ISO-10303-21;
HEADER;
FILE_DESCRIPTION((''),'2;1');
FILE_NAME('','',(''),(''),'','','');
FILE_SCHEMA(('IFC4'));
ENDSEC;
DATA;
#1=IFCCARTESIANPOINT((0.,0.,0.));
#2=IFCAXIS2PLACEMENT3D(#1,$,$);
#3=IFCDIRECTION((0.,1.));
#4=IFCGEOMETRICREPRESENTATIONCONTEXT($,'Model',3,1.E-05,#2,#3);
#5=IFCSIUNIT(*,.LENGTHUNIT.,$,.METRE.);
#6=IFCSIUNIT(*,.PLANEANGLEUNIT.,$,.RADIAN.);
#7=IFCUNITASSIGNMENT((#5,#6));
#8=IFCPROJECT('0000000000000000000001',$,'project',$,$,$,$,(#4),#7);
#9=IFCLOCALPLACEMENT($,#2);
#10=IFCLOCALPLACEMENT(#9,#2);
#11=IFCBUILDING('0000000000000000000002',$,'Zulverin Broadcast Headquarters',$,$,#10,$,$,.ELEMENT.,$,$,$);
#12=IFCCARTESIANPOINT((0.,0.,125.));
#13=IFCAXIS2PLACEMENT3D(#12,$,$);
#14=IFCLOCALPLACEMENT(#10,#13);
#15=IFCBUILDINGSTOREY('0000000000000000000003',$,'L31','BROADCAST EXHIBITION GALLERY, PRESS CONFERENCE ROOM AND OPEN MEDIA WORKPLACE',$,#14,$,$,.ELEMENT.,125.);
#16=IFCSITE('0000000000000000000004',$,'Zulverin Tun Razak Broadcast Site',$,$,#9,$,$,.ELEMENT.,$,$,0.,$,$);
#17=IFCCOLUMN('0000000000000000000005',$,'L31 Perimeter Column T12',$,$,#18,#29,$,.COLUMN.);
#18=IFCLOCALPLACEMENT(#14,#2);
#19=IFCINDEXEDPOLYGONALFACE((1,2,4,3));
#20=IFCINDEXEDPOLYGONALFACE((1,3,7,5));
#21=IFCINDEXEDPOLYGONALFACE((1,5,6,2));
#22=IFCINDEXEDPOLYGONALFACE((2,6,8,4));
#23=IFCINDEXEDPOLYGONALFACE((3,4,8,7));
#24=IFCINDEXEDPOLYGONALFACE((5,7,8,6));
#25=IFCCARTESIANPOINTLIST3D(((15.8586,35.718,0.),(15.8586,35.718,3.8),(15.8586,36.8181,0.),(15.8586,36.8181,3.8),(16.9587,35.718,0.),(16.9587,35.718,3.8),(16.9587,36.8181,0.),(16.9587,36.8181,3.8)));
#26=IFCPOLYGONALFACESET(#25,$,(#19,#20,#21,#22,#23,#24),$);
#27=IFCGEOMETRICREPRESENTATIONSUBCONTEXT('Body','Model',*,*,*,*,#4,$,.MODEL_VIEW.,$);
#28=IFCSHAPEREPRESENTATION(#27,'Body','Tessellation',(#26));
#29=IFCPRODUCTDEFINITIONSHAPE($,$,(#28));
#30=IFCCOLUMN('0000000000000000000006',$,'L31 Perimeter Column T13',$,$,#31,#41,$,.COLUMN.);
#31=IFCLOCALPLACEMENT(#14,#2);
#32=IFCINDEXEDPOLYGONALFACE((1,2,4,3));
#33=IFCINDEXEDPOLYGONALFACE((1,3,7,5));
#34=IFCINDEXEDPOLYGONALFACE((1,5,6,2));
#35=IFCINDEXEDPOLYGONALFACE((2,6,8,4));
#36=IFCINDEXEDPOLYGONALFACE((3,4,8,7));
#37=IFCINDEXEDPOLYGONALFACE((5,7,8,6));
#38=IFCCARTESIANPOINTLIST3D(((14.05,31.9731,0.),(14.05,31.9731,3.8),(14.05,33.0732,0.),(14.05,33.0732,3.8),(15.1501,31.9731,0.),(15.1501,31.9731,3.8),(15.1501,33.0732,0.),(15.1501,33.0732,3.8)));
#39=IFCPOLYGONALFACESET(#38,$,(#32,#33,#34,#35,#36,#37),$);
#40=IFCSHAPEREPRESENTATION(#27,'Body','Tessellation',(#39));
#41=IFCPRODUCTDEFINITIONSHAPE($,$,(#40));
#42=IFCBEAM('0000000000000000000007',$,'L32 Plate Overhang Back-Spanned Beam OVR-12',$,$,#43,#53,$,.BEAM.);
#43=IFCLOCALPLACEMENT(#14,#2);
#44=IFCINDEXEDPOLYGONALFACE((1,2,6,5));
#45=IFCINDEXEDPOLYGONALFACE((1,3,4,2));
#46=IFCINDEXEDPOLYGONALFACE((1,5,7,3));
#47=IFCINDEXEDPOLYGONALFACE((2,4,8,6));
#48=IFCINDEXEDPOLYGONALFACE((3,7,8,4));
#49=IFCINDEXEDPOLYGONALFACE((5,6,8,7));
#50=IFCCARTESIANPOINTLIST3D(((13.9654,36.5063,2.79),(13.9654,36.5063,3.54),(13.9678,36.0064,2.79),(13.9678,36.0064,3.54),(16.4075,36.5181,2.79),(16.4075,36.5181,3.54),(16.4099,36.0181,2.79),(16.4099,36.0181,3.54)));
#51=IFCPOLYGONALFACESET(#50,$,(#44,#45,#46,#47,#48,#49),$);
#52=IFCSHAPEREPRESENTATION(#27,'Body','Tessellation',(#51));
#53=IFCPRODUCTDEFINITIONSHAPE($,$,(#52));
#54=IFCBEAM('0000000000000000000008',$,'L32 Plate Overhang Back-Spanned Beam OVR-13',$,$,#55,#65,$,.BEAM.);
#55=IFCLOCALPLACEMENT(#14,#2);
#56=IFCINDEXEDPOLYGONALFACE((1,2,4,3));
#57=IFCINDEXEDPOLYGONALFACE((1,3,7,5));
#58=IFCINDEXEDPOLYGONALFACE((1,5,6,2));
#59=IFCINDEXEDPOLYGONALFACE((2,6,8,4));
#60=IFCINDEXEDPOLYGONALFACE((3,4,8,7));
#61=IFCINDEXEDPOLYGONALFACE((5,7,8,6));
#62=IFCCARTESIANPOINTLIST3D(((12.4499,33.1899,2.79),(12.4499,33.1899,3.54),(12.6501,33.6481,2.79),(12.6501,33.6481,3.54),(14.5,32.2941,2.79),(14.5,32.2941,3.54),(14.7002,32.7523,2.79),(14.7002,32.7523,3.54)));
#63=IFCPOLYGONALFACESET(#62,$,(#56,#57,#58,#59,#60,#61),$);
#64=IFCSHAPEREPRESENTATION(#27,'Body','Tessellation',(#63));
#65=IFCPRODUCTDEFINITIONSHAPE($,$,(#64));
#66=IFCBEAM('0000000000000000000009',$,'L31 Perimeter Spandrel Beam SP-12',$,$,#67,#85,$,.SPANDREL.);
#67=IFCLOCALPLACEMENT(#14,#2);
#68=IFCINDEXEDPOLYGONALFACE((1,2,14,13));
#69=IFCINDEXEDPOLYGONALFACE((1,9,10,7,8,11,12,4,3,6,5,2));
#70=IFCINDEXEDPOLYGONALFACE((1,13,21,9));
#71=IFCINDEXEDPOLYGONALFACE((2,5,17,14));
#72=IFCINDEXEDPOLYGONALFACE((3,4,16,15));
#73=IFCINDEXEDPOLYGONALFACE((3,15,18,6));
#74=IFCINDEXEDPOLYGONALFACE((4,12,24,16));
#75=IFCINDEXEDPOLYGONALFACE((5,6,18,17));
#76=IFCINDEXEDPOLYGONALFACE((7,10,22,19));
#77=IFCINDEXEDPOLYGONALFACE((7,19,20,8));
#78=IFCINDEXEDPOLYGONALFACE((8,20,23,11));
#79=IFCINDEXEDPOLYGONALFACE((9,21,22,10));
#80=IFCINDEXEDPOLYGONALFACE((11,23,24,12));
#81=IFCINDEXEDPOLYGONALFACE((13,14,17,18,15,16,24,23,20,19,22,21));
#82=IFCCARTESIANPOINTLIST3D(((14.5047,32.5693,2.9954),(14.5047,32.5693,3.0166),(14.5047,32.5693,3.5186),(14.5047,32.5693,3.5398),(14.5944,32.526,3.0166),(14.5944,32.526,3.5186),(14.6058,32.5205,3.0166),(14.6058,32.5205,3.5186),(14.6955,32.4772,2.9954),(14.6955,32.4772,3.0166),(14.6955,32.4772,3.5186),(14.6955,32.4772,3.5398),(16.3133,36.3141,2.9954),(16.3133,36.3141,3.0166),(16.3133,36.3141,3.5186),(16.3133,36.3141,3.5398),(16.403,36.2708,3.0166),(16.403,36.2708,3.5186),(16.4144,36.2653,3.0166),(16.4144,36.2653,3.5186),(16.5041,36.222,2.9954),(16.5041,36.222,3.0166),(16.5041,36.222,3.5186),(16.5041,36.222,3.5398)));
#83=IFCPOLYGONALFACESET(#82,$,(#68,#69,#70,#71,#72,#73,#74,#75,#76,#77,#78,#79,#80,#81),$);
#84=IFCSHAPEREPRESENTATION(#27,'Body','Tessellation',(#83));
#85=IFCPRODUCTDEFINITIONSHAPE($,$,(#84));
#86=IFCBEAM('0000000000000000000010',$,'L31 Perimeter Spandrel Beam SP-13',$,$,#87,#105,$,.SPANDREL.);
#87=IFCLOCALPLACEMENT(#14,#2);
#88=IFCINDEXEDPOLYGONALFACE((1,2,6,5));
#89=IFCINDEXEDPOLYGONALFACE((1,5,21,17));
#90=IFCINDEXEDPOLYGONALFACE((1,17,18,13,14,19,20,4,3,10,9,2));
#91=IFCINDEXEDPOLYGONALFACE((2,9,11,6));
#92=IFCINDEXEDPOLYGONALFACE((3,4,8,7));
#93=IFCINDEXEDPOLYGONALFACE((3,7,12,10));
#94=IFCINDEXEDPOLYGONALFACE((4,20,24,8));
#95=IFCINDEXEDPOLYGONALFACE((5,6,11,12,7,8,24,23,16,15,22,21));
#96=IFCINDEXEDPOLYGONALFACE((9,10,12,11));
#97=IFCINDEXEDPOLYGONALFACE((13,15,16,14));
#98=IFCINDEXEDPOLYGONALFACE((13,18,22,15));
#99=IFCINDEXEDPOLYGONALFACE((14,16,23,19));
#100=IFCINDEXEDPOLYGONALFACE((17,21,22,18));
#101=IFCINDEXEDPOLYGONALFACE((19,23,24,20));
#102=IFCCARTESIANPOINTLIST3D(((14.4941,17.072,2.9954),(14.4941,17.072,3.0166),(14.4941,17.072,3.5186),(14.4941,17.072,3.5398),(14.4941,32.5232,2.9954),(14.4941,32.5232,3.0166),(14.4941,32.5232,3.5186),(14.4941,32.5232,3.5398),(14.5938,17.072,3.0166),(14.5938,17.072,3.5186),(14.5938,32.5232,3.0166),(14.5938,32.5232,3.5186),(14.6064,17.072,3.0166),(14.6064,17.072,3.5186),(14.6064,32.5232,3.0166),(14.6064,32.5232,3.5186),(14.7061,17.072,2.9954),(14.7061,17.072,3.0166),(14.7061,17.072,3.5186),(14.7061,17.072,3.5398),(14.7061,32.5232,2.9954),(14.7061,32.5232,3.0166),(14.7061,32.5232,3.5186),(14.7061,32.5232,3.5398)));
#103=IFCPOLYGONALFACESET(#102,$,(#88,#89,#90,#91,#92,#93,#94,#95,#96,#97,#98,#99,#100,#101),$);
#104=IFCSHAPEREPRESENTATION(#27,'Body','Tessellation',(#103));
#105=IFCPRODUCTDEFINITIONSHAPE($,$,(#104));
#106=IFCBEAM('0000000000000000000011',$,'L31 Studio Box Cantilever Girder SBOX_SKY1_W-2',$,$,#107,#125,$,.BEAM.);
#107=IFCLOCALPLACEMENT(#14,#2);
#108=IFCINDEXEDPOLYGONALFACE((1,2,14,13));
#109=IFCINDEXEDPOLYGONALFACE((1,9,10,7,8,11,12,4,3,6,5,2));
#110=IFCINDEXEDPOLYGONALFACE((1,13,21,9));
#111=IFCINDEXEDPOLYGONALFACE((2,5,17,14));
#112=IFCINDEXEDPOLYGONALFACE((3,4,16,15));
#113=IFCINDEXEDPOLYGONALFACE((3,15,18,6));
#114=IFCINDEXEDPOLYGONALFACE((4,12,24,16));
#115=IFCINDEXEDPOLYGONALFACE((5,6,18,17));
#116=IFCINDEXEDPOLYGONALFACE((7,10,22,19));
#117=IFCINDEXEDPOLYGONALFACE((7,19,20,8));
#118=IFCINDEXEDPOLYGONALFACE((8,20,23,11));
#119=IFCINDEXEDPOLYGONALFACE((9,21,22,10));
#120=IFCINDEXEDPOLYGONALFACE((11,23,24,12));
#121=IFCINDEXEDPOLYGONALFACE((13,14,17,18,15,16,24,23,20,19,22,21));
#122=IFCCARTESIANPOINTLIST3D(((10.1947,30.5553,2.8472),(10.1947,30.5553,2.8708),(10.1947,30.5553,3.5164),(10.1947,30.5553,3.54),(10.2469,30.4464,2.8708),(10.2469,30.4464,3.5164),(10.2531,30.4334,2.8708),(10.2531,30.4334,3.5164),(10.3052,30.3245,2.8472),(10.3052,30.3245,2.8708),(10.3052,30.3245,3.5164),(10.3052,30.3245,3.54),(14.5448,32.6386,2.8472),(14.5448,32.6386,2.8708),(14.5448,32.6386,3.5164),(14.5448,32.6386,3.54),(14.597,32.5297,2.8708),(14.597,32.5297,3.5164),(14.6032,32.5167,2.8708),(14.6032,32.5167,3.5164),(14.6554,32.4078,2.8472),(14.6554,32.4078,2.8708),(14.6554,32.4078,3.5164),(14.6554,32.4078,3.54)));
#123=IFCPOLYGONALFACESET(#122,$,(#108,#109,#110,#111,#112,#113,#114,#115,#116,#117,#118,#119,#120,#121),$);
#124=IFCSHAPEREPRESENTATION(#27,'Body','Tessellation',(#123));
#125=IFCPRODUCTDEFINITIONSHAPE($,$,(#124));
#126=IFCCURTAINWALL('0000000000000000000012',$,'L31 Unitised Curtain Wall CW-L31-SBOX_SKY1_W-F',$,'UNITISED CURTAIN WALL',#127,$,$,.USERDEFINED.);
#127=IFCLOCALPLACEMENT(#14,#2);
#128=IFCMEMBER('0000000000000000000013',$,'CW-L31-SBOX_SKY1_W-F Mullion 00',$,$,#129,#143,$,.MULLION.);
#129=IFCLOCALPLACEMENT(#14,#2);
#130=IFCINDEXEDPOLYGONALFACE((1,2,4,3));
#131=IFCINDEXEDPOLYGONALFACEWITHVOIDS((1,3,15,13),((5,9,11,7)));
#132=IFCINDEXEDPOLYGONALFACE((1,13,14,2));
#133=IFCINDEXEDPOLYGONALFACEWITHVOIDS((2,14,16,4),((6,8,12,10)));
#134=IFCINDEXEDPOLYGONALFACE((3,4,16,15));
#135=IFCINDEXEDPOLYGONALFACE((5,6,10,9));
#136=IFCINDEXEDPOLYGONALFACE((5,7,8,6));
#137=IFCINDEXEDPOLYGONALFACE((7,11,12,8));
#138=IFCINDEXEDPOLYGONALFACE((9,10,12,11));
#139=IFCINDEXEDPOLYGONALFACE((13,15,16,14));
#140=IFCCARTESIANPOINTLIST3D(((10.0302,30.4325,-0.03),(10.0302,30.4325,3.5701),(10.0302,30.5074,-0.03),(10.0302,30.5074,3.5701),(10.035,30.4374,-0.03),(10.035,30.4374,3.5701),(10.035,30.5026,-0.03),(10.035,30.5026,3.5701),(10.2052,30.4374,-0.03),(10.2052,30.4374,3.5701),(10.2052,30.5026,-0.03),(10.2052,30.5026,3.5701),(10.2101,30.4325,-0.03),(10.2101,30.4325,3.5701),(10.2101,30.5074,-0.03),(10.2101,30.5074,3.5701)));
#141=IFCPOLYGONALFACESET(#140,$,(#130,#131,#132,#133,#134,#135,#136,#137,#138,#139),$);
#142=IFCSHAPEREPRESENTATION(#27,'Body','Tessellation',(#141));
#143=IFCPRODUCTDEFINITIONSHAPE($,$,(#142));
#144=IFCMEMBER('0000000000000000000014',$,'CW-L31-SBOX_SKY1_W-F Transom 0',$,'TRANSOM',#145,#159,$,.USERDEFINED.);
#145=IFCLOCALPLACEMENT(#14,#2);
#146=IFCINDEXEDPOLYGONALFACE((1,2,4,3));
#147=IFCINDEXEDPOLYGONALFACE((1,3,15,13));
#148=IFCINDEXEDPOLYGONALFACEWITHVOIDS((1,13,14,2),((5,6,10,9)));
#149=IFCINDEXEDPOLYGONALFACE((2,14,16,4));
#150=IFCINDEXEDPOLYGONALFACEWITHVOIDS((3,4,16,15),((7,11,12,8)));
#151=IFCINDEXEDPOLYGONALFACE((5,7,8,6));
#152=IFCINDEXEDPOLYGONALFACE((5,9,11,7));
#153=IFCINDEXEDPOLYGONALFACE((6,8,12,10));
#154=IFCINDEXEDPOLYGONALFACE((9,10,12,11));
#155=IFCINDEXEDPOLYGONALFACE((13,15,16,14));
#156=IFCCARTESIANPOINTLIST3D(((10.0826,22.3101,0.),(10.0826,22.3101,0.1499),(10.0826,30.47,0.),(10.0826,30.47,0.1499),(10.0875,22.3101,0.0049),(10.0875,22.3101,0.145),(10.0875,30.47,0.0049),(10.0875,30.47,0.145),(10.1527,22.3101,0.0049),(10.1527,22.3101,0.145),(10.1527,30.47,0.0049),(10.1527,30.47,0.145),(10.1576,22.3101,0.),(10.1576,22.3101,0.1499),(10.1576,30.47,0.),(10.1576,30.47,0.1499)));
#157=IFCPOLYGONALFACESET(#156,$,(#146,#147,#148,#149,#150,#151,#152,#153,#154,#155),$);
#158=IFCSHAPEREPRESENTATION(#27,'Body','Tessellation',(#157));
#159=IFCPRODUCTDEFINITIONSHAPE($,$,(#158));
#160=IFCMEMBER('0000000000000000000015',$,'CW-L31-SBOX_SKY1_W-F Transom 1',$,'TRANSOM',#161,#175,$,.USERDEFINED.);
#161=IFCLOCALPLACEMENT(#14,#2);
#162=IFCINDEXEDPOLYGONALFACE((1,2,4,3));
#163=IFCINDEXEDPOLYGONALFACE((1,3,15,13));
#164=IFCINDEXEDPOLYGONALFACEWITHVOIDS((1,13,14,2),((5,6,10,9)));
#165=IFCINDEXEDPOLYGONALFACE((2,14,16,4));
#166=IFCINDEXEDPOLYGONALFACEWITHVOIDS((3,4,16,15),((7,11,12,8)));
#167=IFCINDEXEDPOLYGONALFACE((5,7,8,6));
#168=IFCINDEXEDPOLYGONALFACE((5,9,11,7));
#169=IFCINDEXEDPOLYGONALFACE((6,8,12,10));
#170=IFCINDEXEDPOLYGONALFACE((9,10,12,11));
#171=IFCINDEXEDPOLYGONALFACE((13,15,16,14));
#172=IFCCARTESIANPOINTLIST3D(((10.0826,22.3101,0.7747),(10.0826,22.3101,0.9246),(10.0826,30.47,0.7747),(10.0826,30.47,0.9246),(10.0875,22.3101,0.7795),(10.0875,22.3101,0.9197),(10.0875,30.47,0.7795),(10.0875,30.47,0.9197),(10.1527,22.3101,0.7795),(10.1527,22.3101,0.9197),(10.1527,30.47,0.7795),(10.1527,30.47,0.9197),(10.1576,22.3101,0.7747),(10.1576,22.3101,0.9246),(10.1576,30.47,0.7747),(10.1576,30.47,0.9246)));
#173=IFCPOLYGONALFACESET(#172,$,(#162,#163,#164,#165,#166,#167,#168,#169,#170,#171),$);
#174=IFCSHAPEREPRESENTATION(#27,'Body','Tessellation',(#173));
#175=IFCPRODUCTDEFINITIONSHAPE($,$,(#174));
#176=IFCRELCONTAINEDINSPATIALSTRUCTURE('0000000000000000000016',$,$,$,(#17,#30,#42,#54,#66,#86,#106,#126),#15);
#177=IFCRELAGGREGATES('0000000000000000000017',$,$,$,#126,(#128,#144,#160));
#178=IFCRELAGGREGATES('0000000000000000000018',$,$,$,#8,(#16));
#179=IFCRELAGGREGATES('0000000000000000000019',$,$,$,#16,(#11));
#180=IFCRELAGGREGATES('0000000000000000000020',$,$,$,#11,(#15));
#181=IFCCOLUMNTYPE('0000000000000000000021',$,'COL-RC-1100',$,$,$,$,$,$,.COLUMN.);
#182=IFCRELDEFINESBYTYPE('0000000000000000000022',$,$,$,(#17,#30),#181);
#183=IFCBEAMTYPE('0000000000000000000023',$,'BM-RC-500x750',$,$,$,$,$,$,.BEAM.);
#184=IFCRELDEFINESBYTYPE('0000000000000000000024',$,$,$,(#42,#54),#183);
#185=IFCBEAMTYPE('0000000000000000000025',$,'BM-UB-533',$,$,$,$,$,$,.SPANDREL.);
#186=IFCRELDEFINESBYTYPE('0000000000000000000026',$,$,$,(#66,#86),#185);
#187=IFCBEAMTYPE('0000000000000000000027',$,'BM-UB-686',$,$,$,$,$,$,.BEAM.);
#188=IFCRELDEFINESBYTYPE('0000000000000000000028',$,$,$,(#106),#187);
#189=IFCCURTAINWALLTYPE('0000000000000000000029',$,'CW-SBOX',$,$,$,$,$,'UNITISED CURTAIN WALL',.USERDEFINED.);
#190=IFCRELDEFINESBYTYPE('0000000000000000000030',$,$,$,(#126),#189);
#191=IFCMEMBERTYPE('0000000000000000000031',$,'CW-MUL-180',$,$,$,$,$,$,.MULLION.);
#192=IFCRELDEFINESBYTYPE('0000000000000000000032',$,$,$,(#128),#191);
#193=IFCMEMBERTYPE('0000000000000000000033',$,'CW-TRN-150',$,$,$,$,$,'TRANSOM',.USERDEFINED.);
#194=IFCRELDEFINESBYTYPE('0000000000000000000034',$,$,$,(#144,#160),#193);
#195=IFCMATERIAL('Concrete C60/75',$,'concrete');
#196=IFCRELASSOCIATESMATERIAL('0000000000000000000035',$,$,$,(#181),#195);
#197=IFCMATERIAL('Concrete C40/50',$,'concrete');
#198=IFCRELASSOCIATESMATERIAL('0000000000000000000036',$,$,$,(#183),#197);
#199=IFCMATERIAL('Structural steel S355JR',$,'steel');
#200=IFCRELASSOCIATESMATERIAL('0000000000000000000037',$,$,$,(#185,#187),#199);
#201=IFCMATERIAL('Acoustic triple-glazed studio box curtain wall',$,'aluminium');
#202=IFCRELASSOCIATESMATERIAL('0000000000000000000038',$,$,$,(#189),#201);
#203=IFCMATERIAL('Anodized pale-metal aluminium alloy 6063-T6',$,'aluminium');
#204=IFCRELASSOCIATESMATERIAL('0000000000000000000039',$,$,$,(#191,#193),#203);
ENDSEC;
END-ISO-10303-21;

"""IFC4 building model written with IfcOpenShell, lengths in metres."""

from ifc_helpers import new_model, si_unit, direction, frame, origin, origin_2d, place, context, subcontext, project, spatial, rectangle, hollow_rectangle, i_section, extrude, material, material_profile, profile_set, type_object, element, aggregate, save


model = new_model("IFC4")

# Units and contexts
model_context = context("Model", 3, precision=1e-05, world=origin(), true_north=direction((0.0, 1.0)))
body_context = subcontext(model_context, "Body", "Model", "MODEL_VIEW")
ifc_project = project(units=[si_unit("LENGTHUNIT", "METRE"), si_unit("PLANEANGLEUNIT", "RADIAN")], contexts=[model_context])

# Site, building, storey
site_placement = place(None, origin())
site = spatial("IfcSite", under=ifc_project, at=site_placement, Name="Zulverin Tun Razak Broadcast Site", CompositionType="ELEMENT", RefElevation=0.0)
building_placement = place(site_placement, origin())
building = spatial("IfcBuilding", under=site, at=building_placement, Name="Zulverin Broadcast Headquarters", CompositionType="ELEMENT")
storey_placement = place(building_placement, frame((0.0, 0.0, 125.0)))
storey = spatial("IfcBuildingStorey", under=building, at=storey_placement, Name="L31", Description="BROADCAST EXHIBITION GALLERY, PRESS CONFERENCE ROOM AND OPEN MEDIA WORKPLACE", CompositionType="ELEMENT", Elevation=125.0)

# Columns
ifc_material_1 = material(Name="Concrete C60/75", Category="concrete")
ifc_material_profile_1 = material_profile(ifc_material_1, rectangle(XDim=1.1001, YDim=1.1001, at=origin_2d()), Name="Concrete C60/75", Category="concrete")
ifc_profile_set_1 = profile_set([ifc_material_profile_1], Name="Concrete C60/75")
column_type = type_object("IfcColumnType", Name="COL-RC-1100", PredefinedType="COLUMN", material=ifc_profile_set_1)
for number, where, z_axis, x_axis, name in (
    (1, (16.4087, 36.2681, 0.0), (0.0, 0.0, 1.0), (1.0, 0.0, 0.0), "L31 Perimeter Column T12"),
    (2, (14.6001, 32.5232, 0.0), (0.0, 0.0, 1.0), (1.0, 0.0, 0.0), "L31 Perimeter Column T13"),
):
    element("IfcColumn", number, at=place(storey_placement, frame(where, z_axis=z_axis, x_axis=x_axis)), inside=storey, type_object=column_type, Name=name, PredefinedType="COLUMN", context=body_context, shape_type="SweptSolid", body=[
        extrude(rectangle(XDim=1.1001, YDim=1.1001, at=origin_2d()), origin(), (0.0, 0.0, 1.0), 3.8),
    ])

# Beams
ifc_material_2 = material(Name="Concrete C40/50", Category="concrete")
ifc_material_profile_2 = material_profile(ifc_material_2, rectangle(XDim=0.5, YDim=0.75, at=origin_2d()), Name="Concrete C40/50", Category="concrete")
ifc_profile_set_2 = profile_set([ifc_material_profile_2], Name="Concrete C40/50")
beam_type_1 = type_object("IfcBeamType", Name="BM-RC-500x750", PredefinedType="BEAM", material=ifc_profile_set_2)
beam_1_placement = place(storey_placement, frame((16.4087, 36.2681, 3.165), z_axis=(-0.999988, -0.004799, 0.0), x_axis=(0.004799, -0.999988, 0.0)))
element("IfcBeam", 3, at=beam_1_placement, inside=storey, type_object=beam_type_1, Name="L32 Plate Overhang Back-Spanned Beam OVR-12", PredefinedType="BEAM", context=body_context, shape_type="SweptSolid", body=[
    extrude(rectangle(XDim=0.5, YDim=0.75, at=origin_2d()), origin(), (0.0, 0.0, 1.0), 2.4421),
])
beam_2_placement = place(storey_placement, frame((14.6001, 32.5232, 3.165), z_axis=(-0.916345, 0.400389, 0.0), x_axis=(-0.400389, -0.916345, 0.0)))
element("IfcBeam", 4, at=beam_2_placement, inside=storey, type_object=beam_type_1, Name="L32 Plate Overhang Back-Spanned Beam OVR-13", PredefinedType="BEAM", context=body_context, shape_type="SweptSolid", body=[
    extrude(rectangle(XDim=0.5, YDim=0.75, at=origin_2d()), origin(), (0.0, 0.0, 1.0), 2.2373),
])
ifc_material_3 = material(Name="Structural steel S355JR", Category="steel")
ifc_material_profile_3 = material_profile(ifc_material_3, i_section(OverallWidth=0.2119, OverallDepth=0.5444, WebThickness=0.0127, FlangeThickness=0.0212, at=origin_2d()), Name="Structural steel S355JR", Category="steel")
ifc_profile_set_3 = profile_set([ifc_material_profile_3], Name="Structural steel S355JR")
beam_type_2 = type_object("IfcBeamType", Name="BM-UB-533", PredefinedType="SPANDREL", material=ifc_profile_set_3)
beam_3_placement = place(storey_placement, frame((16.4087, 36.2681, 3.2676), z_axis=(-0.43489, -0.900483, 0.0), x_axis=(0.900483, -0.43489, 0.0)))
element("IfcBeam", 5, at=beam_3_placement, inside=storey, type_object=beam_type_2, Name="L31 Perimeter Spandrel Beam SP-12", PredefinedType="SPANDREL", context=body_context, shape_type="SweptSolid", body=[
    extrude(i_section(OverallWidth=0.2119, OverallDepth=0.5444, WebThickness=0.0127, FlangeThickness=0.0212, at=origin_2d()), origin(), (0.0, 0.0, 1.0), 4.1587),
])
beam_4_placement = place(storey_placement, frame((14.6001, 32.5232, 3.2676), z_axis=(0.0, -1.0, 0.0), x_axis=(1.0, 0.0, 0.0)))
element("IfcBeam", 6, at=beam_4_placement, inside=storey, type_object=beam_type_2, Name="L31 Perimeter Spandrel Beam SP-13", PredefinedType="SPANDREL", context=body_context, shape_type="SweptSolid", body=[
    extrude(i_section(OverallWidth=0.2119, OverallDepth=0.5444, WebThickness=0.0127, FlangeThickness=0.0212, at=origin_2d()), origin(), (0.0, 0.0, 1.0), 15.4512),
])
ifc_material_profile_4 = material_profile(ifc_material_3, i_section(OverallWidth=0.2559, OverallDepth=0.6929, WebThickness=0.0144, FlangeThickness=0.0237, at=origin_2d()), Name="Structural steel S355JR", Category="steel")
ifc_profile_set_4 = profile_set([ifc_material_profile_4], Name="Structural steel S355JR")
beam_type_3 = type_object("IfcBeamType", Name="BM-UB-686", PredefinedType="BEAM", material=ifc_profile_set_4)
beam_5_placement = place(storey_placement, frame((14.6001, 32.5232, 3.1936), z_axis=(-0.901911, -0.431923, 0.0), x_axis=(0.431923, -0.901911, 0.0)))
element("IfcBeam", 7, at=beam_5_placement, inside=storey, type_object=beam_type_3, Name="L31 Studio Box Cantilever Girder SBOX_SKY1_W-2", PredefinedType="BEAM", context=body_context, shape_type="SweptSolid", body=[
    extrude(i_section(OverallWidth=0.2559, OverallDepth=0.6929, WebThickness=0.0144, FlangeThickness=0.0237, at=origin_2d()), origin(), (0.0, 0.0, 1.0), 4.8232),
])

# Curtain wall, members
ifc_material_4 = material(Name="Acoustic triple-glazed studio box curtain wall", Category="aluminium")
curtain_wall_type = type_object("IfcCurtainWallType", Name="CW-SBOX", ElementType="UNITISED CURTAIN WALL", PredefinedType="USERDEFINED", material=ifc_material_4)
curtain_wall_placement = place(storey_placement, origin())
curtain_wall = element("IfcCurtainWall", 8, at=curtain_wall_placement, inside=storey, type_object=curtain_wall_type, Name="L31 Unitised Curtain Wall CW-L31-SBOX_SKY1_W-F", ObjectType="UNITISED CURTAIN WALL", PredefinedType="USERDEFINED")
ifc_material_5 = material(Name="Anodized pale-metal aluminium alloy 6063-T6", Category="aluminium")
ifc_material_profile_5 = material_profile(ifc_material_5, hollow_rectangle(XDim=0.075, YDim=0.1799, WallThickness=0.0049, at=origin_2d()), Name="Anodized pale-metal aluminium alloy 6063-T6", Category="aluminium")
ifc_profile_set_5 = profile_set([ifc_material_profile_5], Name="Anodized pale-metal aluminium alloy 6063-T6")
member_type_1 = type_object("IfcMemberType", Name="CW-MUL-180", PredefinedType="MULLION", material=ifc_profile_set_5)
member_1_placement = place(storey_placement, frame((10.1201, 30.47, -0.03), z_axis=(0.0, 0.0, 1.0), x_axis=(0.0, -1.0, 0.0)))
member_1 = element("IfcMember", 9, at=member_1_placement, type_object=member_type_1, Name="CW-L31-SBOX_SKY1_W-F Mullion 00", PredefinedType="MULLION", context=body_context, shape_type="SweptSolid", body=[
    extrude(hollow_rectangle(XDim=0.075, YDim=0.1799, WallThickness=0.0049, at=origin_2d()), origin(), (0.0, 0.0, 1.0), 3.6001),
])
ifc_material_profile_6 = material_profile(ifc_material_5, hollow_rectangle(XDim=0.075, YDim=0.1499, WallThickness=0.0049, at=origin_2d()), Name="Anodized pale-metal aluminium alloy 6063-T6", Category="aluminium")
ifc_profile_set_6 = profile_set([ifc_material_profile_6], Name="Anodized pale-metal aluminium alloy 6063-T6")
member_type_2 = type_object("IfcMemberType", Name="CW-TRN-150", ElementType="TRANSOM", PredefinedType="USERDEFINED", material=ifc_profile_set_6)
member_2_placement = place(storey_placement, frame((10.1201, 30.47, 0.075), z_axis=(0.0, -1.0, 0.0), x_axis=(1.0, 0.0, 0.0)))
member_2 = element("IfcMember", 10, at=member_2_placement, type_object=member_type_2, Name="CW-L31-SBOX_SKY1_W-F Transom 0", ObjectType="TRANSOM", PredefinedType="USERDEFINED", context=body_context, shape_type="SweptSolid", body=[
    extrude(hollow_rectangle(XDim=0.075, YDim=0.1499, WallThickness=0.0049, at=origin_2d()), origin(), (0.0, 0.0, 1.0), 8.1599),
])
member_3_placement = place(storey_placement, frame((10.1201, 30.47, 0.8496), z_axis=(0.0, -1.0, 0.0), x_axis=(1.0, 0.0, 0.0)))
member_3 = element("IfcMember", 11, at=member_3_placement, type_object=member_type_2, Name="CW-L31-SBOX_SKY1_W-F Transom 1", ObjectType="TRANSOM", PredefinedType="USERDEFINED", context=body_context, shape_type="SweptSolid", body=[
    extrude(hollow_rectangle(XDim=0.075, YDim=0.1499, WallThickness=0.0049, at=origin_2d()), origin(), (0.0, 0.0, 1.0), 8.1599),
])

aggregate(curtain_wall, [member_1, member_2, member_3])

save(model, "model.ifc")
